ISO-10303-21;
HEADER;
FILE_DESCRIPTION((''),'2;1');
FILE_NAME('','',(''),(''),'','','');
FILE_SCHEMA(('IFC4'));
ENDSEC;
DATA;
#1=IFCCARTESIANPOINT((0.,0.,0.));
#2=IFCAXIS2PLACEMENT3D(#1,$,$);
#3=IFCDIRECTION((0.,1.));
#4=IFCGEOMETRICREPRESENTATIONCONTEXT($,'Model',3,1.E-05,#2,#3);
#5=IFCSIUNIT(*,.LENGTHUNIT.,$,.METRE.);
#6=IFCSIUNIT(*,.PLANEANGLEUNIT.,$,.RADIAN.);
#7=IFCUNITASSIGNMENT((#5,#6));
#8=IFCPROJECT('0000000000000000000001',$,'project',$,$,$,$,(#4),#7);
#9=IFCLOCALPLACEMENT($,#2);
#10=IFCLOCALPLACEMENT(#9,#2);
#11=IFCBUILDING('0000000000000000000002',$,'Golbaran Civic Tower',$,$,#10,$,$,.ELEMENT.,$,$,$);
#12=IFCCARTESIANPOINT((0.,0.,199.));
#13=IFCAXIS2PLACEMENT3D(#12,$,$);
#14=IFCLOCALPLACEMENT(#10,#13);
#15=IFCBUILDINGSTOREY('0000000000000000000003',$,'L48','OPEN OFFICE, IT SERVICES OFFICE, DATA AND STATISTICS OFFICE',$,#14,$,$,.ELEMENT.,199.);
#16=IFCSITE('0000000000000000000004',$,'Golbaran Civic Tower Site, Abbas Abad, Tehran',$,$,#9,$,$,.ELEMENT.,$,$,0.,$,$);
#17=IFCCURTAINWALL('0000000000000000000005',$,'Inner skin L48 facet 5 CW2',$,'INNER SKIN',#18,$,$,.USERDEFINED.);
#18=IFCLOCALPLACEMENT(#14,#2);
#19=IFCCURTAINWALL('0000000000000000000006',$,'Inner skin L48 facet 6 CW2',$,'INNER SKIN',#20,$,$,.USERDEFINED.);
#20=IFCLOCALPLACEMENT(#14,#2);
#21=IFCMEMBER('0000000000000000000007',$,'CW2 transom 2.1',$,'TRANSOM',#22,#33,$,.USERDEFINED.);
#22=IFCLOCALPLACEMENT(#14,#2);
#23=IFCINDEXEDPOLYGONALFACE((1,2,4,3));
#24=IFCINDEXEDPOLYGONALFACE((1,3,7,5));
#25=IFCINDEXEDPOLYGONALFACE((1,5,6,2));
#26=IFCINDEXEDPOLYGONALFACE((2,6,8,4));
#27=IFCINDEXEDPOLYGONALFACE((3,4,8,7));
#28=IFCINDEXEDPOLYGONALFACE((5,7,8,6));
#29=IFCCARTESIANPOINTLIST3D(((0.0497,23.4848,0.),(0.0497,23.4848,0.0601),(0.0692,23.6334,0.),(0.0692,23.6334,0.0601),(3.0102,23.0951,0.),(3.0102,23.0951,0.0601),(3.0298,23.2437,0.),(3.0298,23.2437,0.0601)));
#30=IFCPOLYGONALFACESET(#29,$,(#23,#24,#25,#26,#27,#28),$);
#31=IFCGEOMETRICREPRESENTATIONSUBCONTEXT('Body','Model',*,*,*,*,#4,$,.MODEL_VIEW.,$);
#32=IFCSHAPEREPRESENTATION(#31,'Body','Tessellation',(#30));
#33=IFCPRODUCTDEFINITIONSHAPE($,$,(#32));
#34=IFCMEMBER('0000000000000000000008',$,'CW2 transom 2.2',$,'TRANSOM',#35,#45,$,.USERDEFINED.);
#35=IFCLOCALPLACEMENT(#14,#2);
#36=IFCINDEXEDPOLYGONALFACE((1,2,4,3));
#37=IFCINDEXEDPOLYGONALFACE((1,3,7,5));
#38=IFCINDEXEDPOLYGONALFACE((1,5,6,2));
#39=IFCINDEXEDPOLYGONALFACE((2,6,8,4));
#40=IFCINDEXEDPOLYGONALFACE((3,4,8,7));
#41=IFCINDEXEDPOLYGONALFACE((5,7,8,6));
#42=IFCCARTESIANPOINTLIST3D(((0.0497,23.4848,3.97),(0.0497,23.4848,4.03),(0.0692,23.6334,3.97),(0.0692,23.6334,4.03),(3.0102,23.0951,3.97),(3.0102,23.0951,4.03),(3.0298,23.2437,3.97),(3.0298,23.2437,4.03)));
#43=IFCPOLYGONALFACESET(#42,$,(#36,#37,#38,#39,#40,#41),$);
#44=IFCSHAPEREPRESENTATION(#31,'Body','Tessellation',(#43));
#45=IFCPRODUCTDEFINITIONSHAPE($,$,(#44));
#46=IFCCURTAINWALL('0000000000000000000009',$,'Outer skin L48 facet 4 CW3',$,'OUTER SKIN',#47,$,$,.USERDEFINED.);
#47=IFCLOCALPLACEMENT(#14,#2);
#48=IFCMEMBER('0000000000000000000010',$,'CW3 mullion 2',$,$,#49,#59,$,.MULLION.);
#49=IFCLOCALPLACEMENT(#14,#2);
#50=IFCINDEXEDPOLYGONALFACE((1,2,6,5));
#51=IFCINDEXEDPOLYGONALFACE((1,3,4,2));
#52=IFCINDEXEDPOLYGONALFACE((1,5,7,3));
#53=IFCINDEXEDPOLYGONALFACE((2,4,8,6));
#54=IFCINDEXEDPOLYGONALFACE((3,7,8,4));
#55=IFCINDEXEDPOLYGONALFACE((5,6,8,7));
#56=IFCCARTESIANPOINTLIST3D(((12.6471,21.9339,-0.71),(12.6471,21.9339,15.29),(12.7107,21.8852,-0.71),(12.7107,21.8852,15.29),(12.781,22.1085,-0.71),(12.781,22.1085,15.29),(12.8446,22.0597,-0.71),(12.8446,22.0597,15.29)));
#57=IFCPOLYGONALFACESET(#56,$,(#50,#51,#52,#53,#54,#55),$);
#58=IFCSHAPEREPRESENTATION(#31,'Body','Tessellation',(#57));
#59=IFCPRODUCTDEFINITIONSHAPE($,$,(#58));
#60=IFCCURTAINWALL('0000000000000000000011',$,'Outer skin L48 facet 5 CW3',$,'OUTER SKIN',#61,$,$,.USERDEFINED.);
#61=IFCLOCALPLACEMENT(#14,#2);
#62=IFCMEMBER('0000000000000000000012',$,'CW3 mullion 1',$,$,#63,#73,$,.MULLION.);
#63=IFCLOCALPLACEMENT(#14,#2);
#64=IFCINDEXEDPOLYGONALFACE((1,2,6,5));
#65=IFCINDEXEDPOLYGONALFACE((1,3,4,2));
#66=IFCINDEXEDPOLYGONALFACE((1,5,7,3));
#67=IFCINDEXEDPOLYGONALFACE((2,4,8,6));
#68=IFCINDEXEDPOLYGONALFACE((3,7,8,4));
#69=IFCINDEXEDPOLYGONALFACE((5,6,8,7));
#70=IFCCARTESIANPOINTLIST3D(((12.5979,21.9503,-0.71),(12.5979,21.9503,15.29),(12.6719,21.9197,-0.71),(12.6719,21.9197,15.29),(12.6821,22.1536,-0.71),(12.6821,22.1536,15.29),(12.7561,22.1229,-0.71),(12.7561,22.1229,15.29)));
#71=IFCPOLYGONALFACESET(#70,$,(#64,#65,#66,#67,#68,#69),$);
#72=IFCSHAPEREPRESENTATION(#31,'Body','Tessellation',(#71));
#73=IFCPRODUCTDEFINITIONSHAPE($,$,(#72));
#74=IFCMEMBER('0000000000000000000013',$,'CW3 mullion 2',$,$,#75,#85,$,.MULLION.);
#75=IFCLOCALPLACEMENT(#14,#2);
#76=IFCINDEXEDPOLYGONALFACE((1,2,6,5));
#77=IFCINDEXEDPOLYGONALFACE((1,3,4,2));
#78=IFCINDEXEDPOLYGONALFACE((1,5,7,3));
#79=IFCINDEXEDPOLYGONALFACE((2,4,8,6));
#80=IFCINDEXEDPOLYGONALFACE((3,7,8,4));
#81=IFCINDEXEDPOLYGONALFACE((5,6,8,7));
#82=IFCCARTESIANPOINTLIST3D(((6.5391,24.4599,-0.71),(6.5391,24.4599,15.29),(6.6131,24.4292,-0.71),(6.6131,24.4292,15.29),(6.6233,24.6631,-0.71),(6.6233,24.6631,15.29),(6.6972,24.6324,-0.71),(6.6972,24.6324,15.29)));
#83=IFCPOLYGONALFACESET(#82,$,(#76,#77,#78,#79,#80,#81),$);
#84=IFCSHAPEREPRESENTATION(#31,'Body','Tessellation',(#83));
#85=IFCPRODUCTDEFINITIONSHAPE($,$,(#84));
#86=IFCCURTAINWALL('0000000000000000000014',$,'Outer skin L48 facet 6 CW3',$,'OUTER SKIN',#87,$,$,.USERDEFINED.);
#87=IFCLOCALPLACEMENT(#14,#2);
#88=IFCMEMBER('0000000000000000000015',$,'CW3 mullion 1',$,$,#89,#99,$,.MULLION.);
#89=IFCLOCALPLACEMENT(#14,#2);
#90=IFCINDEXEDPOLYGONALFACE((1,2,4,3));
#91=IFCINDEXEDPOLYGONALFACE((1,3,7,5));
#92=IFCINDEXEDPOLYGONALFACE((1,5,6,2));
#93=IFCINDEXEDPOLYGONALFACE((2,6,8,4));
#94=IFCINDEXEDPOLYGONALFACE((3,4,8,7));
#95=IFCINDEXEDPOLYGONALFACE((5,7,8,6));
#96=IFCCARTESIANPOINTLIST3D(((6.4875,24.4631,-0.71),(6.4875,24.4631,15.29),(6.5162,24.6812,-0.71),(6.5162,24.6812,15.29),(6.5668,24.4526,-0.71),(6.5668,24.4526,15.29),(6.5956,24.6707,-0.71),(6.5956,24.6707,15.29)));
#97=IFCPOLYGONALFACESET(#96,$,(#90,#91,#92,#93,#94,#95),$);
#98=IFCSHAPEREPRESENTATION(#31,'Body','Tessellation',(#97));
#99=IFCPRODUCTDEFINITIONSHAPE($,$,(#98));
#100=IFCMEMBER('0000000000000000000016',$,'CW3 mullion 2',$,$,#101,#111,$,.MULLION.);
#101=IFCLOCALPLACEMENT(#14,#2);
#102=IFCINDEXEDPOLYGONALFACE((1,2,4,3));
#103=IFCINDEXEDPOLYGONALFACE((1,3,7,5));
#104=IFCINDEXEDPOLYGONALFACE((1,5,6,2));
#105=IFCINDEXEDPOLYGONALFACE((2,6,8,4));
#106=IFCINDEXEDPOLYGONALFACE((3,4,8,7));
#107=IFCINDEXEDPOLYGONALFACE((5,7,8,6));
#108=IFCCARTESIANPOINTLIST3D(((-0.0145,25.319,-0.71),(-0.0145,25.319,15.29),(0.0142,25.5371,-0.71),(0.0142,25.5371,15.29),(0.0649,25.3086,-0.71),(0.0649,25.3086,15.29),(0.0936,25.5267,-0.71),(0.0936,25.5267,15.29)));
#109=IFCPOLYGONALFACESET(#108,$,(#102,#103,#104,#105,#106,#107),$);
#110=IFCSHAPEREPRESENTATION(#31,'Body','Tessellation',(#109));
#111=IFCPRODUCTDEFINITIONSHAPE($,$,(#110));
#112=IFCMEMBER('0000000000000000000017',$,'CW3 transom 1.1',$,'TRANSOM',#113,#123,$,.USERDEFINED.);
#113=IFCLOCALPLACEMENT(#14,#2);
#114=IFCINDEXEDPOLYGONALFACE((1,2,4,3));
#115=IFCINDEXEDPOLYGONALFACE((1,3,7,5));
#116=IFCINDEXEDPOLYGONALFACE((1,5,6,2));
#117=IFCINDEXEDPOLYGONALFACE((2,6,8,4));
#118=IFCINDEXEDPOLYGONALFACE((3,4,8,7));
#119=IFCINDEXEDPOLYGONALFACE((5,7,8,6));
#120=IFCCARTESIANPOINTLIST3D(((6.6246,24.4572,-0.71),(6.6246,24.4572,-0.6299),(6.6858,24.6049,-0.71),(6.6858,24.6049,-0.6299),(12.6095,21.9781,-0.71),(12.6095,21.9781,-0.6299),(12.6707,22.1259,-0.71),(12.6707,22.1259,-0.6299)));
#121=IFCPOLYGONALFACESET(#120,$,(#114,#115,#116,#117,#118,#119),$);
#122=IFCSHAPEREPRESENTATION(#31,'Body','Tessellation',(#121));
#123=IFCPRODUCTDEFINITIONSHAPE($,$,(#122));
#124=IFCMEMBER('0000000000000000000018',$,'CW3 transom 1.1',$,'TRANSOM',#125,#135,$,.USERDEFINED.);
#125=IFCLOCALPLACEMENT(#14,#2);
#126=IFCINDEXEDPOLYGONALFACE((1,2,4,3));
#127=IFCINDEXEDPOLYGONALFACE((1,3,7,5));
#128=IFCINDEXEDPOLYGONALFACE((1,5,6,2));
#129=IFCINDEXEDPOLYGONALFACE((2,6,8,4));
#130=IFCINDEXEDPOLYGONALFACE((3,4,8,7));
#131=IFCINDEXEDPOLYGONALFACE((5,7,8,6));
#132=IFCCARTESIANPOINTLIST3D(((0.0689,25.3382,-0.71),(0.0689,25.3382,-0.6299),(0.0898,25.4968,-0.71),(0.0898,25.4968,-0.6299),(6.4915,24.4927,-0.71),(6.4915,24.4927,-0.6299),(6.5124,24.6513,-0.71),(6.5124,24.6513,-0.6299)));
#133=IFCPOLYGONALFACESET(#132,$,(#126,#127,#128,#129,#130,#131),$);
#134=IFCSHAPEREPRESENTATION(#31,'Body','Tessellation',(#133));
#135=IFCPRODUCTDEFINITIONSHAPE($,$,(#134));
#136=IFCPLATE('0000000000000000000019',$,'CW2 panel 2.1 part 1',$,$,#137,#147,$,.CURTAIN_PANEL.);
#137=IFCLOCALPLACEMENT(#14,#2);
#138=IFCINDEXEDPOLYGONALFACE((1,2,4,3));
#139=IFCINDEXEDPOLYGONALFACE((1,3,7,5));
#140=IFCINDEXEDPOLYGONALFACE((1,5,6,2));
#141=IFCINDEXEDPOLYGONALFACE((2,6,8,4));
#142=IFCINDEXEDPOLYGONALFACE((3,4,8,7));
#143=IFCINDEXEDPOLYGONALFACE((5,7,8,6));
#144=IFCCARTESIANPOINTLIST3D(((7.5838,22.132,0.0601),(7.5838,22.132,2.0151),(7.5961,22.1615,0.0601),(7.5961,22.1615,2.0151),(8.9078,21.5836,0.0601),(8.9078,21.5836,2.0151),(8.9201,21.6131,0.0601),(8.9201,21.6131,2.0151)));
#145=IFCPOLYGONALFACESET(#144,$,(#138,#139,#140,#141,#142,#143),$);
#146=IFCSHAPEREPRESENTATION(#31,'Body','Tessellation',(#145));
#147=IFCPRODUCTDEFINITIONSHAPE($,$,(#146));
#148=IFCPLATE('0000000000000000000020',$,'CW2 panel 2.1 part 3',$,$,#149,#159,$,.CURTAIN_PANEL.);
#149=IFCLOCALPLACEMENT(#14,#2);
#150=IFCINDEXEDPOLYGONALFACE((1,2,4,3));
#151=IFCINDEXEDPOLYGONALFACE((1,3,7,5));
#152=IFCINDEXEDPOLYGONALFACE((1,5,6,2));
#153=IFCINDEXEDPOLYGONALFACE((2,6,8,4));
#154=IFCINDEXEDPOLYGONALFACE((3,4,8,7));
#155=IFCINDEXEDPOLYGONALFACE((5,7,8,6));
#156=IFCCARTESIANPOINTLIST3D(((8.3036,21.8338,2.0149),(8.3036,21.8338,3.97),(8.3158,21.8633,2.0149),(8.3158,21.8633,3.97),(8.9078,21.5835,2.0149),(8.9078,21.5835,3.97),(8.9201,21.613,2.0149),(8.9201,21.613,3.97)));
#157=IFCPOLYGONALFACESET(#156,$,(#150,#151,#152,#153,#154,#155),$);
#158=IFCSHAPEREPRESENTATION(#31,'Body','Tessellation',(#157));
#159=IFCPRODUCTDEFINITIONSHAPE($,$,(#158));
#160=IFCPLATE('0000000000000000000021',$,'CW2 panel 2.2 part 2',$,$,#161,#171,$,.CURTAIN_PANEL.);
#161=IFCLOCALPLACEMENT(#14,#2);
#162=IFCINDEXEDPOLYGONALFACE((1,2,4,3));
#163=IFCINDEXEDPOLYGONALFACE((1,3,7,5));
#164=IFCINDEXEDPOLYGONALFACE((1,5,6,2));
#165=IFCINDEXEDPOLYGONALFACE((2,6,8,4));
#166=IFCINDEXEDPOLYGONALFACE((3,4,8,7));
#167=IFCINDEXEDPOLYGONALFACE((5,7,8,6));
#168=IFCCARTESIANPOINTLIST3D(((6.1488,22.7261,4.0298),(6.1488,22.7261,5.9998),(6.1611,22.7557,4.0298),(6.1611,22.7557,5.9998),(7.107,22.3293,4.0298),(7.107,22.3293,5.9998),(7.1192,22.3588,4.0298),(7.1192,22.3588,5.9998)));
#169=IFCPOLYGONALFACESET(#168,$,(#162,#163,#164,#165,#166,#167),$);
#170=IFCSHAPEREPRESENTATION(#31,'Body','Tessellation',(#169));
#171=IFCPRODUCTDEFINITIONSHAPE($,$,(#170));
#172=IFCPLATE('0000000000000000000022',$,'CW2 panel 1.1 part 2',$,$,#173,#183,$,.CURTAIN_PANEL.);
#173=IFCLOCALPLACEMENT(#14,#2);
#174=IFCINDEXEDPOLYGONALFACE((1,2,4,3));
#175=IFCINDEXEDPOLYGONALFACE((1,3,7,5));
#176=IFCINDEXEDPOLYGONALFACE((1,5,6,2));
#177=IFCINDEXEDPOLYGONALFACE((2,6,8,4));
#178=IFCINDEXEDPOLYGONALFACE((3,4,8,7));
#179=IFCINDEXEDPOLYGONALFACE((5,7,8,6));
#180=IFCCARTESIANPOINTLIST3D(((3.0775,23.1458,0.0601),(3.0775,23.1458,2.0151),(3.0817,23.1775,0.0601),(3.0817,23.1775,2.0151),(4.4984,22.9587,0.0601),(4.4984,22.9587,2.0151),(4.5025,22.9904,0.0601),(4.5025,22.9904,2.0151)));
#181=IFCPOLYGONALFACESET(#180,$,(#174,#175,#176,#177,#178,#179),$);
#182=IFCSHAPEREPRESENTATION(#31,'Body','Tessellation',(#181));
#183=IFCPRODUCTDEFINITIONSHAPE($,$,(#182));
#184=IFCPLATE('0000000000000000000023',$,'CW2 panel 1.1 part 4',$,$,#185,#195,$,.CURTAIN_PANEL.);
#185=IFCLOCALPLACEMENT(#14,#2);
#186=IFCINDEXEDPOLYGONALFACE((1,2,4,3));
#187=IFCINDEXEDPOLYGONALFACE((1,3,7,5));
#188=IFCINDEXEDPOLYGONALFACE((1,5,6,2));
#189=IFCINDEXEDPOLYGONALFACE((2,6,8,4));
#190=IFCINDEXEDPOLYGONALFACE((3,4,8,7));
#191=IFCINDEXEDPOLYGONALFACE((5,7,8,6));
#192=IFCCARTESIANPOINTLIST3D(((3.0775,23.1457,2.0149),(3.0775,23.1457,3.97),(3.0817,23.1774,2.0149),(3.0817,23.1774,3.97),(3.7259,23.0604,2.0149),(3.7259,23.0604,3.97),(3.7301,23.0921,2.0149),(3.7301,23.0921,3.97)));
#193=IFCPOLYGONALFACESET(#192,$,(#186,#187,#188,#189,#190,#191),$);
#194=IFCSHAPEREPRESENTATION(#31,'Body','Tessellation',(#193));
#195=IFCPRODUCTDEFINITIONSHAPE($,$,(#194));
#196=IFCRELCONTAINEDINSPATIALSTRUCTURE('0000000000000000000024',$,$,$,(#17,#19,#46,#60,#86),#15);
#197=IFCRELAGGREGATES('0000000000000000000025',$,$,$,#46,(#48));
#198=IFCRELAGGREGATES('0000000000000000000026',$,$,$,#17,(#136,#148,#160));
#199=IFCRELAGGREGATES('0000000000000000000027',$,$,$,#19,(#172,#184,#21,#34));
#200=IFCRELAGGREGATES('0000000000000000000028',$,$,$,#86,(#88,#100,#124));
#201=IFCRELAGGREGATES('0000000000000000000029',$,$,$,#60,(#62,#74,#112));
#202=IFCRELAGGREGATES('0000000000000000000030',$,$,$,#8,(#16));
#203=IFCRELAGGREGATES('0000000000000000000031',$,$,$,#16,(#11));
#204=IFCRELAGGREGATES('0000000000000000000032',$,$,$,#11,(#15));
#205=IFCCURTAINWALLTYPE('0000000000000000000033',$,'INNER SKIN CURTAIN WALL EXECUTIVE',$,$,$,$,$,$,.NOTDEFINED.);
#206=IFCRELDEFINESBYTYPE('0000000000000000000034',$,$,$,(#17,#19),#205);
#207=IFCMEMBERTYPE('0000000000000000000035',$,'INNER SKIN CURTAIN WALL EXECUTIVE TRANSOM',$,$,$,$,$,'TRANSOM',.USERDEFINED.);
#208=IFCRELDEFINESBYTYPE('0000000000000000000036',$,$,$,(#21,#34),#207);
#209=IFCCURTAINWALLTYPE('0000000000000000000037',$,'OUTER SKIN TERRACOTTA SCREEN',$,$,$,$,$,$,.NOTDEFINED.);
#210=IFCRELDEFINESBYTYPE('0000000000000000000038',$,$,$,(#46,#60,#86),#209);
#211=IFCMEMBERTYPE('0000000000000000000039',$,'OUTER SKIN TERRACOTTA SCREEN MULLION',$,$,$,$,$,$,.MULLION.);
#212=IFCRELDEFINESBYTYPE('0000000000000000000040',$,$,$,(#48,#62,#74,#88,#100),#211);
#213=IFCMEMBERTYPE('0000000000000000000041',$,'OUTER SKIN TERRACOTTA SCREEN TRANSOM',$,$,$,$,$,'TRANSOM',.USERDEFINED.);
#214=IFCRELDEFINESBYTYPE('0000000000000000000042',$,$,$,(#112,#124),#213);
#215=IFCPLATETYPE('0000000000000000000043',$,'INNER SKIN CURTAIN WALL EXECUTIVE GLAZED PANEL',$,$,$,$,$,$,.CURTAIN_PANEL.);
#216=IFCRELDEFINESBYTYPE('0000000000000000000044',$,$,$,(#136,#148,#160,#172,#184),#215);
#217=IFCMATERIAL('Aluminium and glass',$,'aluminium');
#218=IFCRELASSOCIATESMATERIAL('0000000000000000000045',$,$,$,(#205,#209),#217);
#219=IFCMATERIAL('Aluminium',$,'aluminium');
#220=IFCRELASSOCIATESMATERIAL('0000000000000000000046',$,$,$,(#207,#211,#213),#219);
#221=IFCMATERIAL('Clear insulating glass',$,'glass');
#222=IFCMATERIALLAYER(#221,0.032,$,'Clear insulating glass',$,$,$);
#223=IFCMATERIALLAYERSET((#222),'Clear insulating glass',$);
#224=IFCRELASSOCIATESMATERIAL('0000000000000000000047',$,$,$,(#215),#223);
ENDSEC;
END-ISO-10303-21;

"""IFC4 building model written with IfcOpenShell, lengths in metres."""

from ifc_helpers import new_model, si_unit, direction, frame, origin, origin_2d, place, context, subcontext, project, spatial, rectangle, extrude, material, layer, layer_set, material_profile, profile_set, type_object, element, aggregate, save


model = new_model("IFC4")

# Units and contexts
model_context = context("Model", 3, precision=1e-05, world=origin(), true_north=direction((0.0, 1.0)))
body_context = subcontext(model_context, "Body", "Model", "MODEL_VIEW")
ifc_project = project(units=[si_unit("LENGTHUNIT", "METRE"), si_unit("PLANEANGLEUNIT", "RADIAN")], contexts=[model_context])

# Site, building, storey
site_placement = place(None, origin())
site = spatial("IfcSite", under=ifc_project, at=site_placement, Name="Golbaran Civic Tower Site, Abbas Abad, Tehran", CompositionType="ELEMENT", RefElevation=0.0)
building_placement = place(site_placement, origin())
building = spatial("IfcBuilding", under=site, at=building_placement, Name="Golbaran Civic Tower", CompositionType="ELEMENT")
storey_placement = place(building_placement, frame((0.0, 0.0, 199.0)))
storey = spatial("IfcBuildingStorey", under=building, at=storey_placement, Name="L48", Description="OPEN OFFICE, IT SERVICES OFFICE, DATA AND STATISTICS OFFICE", CompositionType="ELEMENT", Elevation=199.0)

# Curtain wall
ifc_material_1 = material(Name="Aluminium and glass", Category="aluminium")
curtain_wall_type_1 = type_object("IfcCurtainWallType", Name="INNER SKIN CURTAIN WALL EXECUTIVE", PredefinedType="NOTDEFINED", material=ifc_material_1)
curtain_wall_1_placement = place(storey_placement, origin())
curtain_wall_1 = element("IfcCurtainWall", 1, at=curtain_wall_1_placement, inside=storey, type_object=curtain_wall_type_1, Name="Inner skin L48 facet 5 CW2", ObjectType="INNER SKIN", PredefinedType="USERDEFINED")
ifc_material_2 = material(Name="Aluminium", Category="aluminium")

# Curtain wall, members
curtain_wall_2_placement = place(storey_placement, origin())
curtain_wall_2 = element("IfcCurtainWall", 2, at=curtain_wall_2_placement, inside=storey, type_object=curtain_wall_type_1, Name="Inner skin L48 facet 6 CW2", ObjectType="INNER SKIN", PredefinedType="USERDEFINED")
ifc_material_profile_1 = material_profile(ifc_material_2, rectangle(XDim=0.1499, YDim=0.0601, at=origin_2d()), Name="INNER SKIN CURTAIN WALL EXECUTIVE TRANSOM")
ifc_profile_set_1 = profile_set([ifc_material_profile_1], Name="Aluminium")
member_type_1 = type_object("IfcMemberType", Name="INNER SKIN CURTAIN WALL EXECUTIVE TRANSOM", ElementType="TRANSOM", PredefinedType="USERDEFINED", material=ifc_profile_set_1)
member_1_placement = place(storey_placement, frame((3.02, 23.1694, 0.03), z_axis=(-0.991449, 0.130493, 0.0), x_axis=(-0.130493, -0.991449, 0.0)))
member_1 = element("IfcMember", 3, at=member_1_placement, type_object=member_type_1, Name="CW2 transom 2.1", ObjectType="TRANSOM", PredefinedType="USERDEFINED", context=body_context, shape_type="SweptSolid", body=[
    extrude(rectangle(XDim=0.1499, YDim=0.0601, at=origin_2d()), origin(), (0.0, 0.0, 1.0), 2.9861),
])
member_2_placement = place(storey_placement, frame((3.02, 23.1694, 4.0), z_axis=(-0.991449, 0.130493, 0.0), x_axis=(-0.130493, -0.991449, 0.0)))
member_2 = element("IfcMember", 4, at=member_2_placement, type_object=member_type_1, Name="CW2 transom 2.2", ObjectType="TRANSOM", PredefinedType="USERDEFINED", context=body_context, shape_type="SweptSolid", body=[
    extrude(rectangle(XDim=0.1499, YDim=0.0601, at=origin_2d()), origin(), (0.0, 0.0, 1.0), 2.9861),
])

# Curtain wall, member
curtain_wall_type_2 = type_object("IfcCurtainWallType", Name="OUTER SKIN TERRACOTTA SCREEN", PredefinedType="NOTDEFINED", material=ifc_material_1)
curtain_wall_3_placement = place(storey_placement, origin())
curtain_wall_3 = element("IfcCurtainWall", 5, at=curtain_wall_3_placement, inside=storey, type_object=curtain_wall_type_2, Name="Outer skin L48 facet 4 CW3", ObjectType="OUTER SKIN", PredefinedType="USERDEFINED")
ifc_material_profile_2 = material_profile(ifc_material_2, rectangle(XDim=0.22, YDim=0.0801, at=origin_2d()), Name="OUTER SKIN TERRACOTTA SCREEN MULLION")
ifc_profile_set_2 = profile_set([ifc_material_profile_2], Name="Aluminium")
member_type_2 = type_object("IfcMemberType", Name="OUTER SKIN TERRACOTTA SCREEN MULLION", PredefinedType="MULLION", material=ifc_profile_set_2)
member_3_placement = place(storey_placement, frame((12.7458, 21.9968, -0.71), z_axis=(0.0, 0.0, 1.0), x_axis=(-0.608761, -0.793353, 0.0)))
member_3 = element("IfcMember", 6, at=member_3_placement, type_object=member_type_2, Name="CW3 mullion 2", PredefinedType="MULLION", context=body_context, shape_type="SweptSolid", body=[
    extrude(rectangle(XDim=0.22, YDim=0.0801, at=origin_2d()), origin(), (0.0, 0.0, 1.0), 16.0),
])
aggregate(curtain_wall_3, [member_3])

# Curtain walls, members
curtain_wall_4_placement = place(storey_placement, origin())
curtain_wall_4 = element("IfcCurtainWall", 7, at=curtain_wall_4_placement, inside=storey, type_object=curtain_wall_type_2, Name="Outer skin L48 facet 5 CW3", ObjectType="OUTER SKIN", PredefinedType="USERDEFINED")
member_4_placement = place(storey_placement, frame((12.677, 22.0366, -0.71), z_axis=(0.0, 0.0, 1.0), x_axis=(-0.382683, -0.92388, 0.0)))
member_4 = element("IfcMember", 8, at=member_4_placement, type_object=member_type_2, Name="CW3 mullion 1", PredefinedType="MULLION", context=body_context, shape_type="SweptSolid", body=[
    extrude(rectangle(XDim=0.22, YDim=0.0801, at=origin_2d()), origin(), (0.0, 0.0, 1.0), 16.0),
])
member_5_placement = place(storey_placement, frame((6.6182, 24.5461, -0.71), z_axis=(0.0, 0.0, 1.0), x_axis=(-0.382683, -0.92388, 0.0)))
member_5 = element("IfcMember", 9, at=member_5_placement, type_object=member_type_2, Name="CW3 mullion 2", PredefinedType="MULLION", context=body_context, shape_type="SweptSolid", body=[
    extrude(rectangle(XDim=0.22, YDim=0.0801, at=origin_2d()), origin(), (0.0, 0.0, 1.0), 16.0),
])
curtain_wall_5_placement = place(storey_placement, origin())
curtain_wall_5 = element("IfcCurtainWall", 10, at=curtain_wall_5_placement, inside=storey, type_object=curtain_wall_type_2, Name="Outer skin L48 facet 6 CW3", ObjectType="OUTER SKIN", PredefinedType="USERDEFINED")
member_6_placement = place(storey_placement, frame((6.5415, 24.5669, -0.71), z_axis=(0.0, 0.0, 1.0), x_axis=(-0.130526, -0.991445, 0.0)))
member_6 = element("IfcMember", 11, at=member_6_placement, type_object=member_type_2, Name="CW3 mullion 1", PredefinedType="MULLION", context=body_context, shape_type="SweptSolid", body=[
    extrude(rectangle(XDim=0.22, YDim=0.0801, at=origin_2d()), origin(), (0.0, 0.0, 1.0), 16.0),
])
member_7_placement = place(storey_placement, frame((0.0396, 25.4229, -0.71), z_axis=(0.0, 0.0, 1.0), x_axis=(-0.130526, -0.991445, 0.0)))
member_7 = element("IfcMember", 12, at=member_7_placement, type_object=member_type_2, Name="CW3 mullion 2", PredefinedType="MULLION", context=body_context, shape_type="SweptSolid", body=[
    extrude(rectangle(XDim=0.22, YDim=0.0801, at=origin_2d()), origin(), (0.0, 0.0, 1.0), 16.0),
])

# Members
ifc_material_profile_3 = material_profile(ifc_material_2, rectangle(XDim=0.1599, YDim=0.0801, at=origin_2d()), Name="OUTER SKIN TERRACOTTA SCREEN TRANSOM")
ifc_profile_set_3 = profile_set([ifc_material_profile_3], Name="Aluminium")
member_type_3 = type_object("IfcMemberType", Name="OUTER SKIN TERRACOTTA SCREEN TRANSOM", ElementType="TRANSOM", PredefinedType="USERDEFINED", material=ifc_profile_set_3)
member_8_placement = place(storey_placement, frame((12.6401, 22.052, -0.6699), z_axis=(-0.92388, 0.382682, 0.0), x_axis=(-0.382682, -0.92388, 0.0)))
member_8 = element("IfcMember", 13, at=member_8_placement, type_object=member_type_3, Name="CW3 transom 1.1", ObjectType="TRANSOM", PredefinedType="USERDEFINED", context=body_context, shape_type="SweptSolid", body=[
    extrude(rectangle(XDim=0.1599, YDim=0.0801, at=origin_2d()), origin(), (0.0, 0.0, 1.0), 6.478),
])
member_9_placement = place(storey_placement, frame((6.502, 24.572, -0.6699), z_axis=(-0.991447, 0.130512, 0.0), x_axis=(-0.130512, -0.991447, 0.0)))
member_9 = element("IfcMember", 14, at=member_9_placement, type_object=member_type_3, Name="CW3 transom 1.1", ObjectType="TRANSOM", PredefinedType="USERDEFINED", context=body_context, shape_type="SweptSolid", body=[
    extrude(rectangle(XDim=0.1599, YDim=0.0801, at=origin_2d()), origin(), (0.0, 0.0, 1.0), 6.478),
])

# Plates
ifc_material_3 = material(Name="Clear insulating glass", Category="glass")
ifc_layer_1 = layer(ifc_material_3, 0.032, Name="Clear insulating glass")
ifc_layer_set_1 = layer_set([ifc_layer_1], Name="Clear insulating glass")
plate_type_1 = type_object("IfcPlateType", Name="INNER SKIN CURTAIN WALL EXECUTIVE GLAZED PANEL", PredefinedType="CURTAIN_PANEL", material=ifc_layer_set_1)
plate_1_placement = place(storey_placement, frame((8.252, 21.8726, 0.0601), z_axis=(0.0, 0.0, 1.0), x_axis=(-0.92388, 0.382683, 0.0)))
plate_1 = element("IfcPlate", 15, at=plate_1_placement, type_object=plate_type_1, Name="CW2 panel 2.1 part 1", PredefinedType="CURTAIN_PANEL", context=body_context, shape_type="SweptSolid", body=[
    extrude(rectangle(XDim=1.4331, YDim=0.032, at=origin_2d()), origin(), (0.0, 0.0, 1.0), 1.9551),
])
plate_2_placement = place(storey_placement, frame((8.6118, 21.7234, 2.0149), z_axis=(0.0, 0.0, 1.0), x_axis=(-0.92388, 0.382683, 0.0)))
plate_2 = element("IfcPlate", 16, at=plate_2_placement, type_object=plate_type_1, Name="CW2 panel 2.1 part 3", PredefinedType="CURTAIN_PANEL", context=body_context, shape_type="SweptSolid", body=[
    extrude(rectangle(XDim=0.6541, YDim=0.032, at=origin_2d()), origin(), (0.0, 0.0, 1.0), 1.9551),
])
plate_3_placement = place(storey_placement, frame((6.634, 22.5425, 4.0298), z_axis=(0.0, 0.0, 1.0), x_axis=(-0.92388, 0.382683, 0.0)))
plate_3 = element("IfcPlate", 17, at=plate_3_placement, type_object=plate_type_1, Name="CW2 panel 2.2 part 2", PredefinedType="CURTAIN_PANEL", context=body_context, shape_type="SweptSolid", body=[
    extrude(rectangle(XDim=1.0371, YDim=0.032, at=origin_2d()), origin(), (0.0, 0.0, 1.0), 1.97),
])
plate_4_placement = place(storey_placement, frame((3.79, 23.0681, 0.0601), z_axis=(0.0, 0.0, 1.0), x_axis=(-0.991445, 0.130526, 0.0)))
plate_4 = element("IfcPlate", 18, at=plate_4_placement, type_object=plate_type_1, Name="CW2 panel 1.1 part 2", PredefinedType="CURTAIN_PANEL", context=body_context, shape_type="SweptSolid", body=[
    extrude(rectangle(XDim=1.4331, YDim=0.032, at=origin_2d()), origin(), (0.0, 0.0, 1.0), 1.9551),
])
plate_5_placement = place(storey_placement, frame((3.4038, 23.1189, 2.0149), z_axis=(0.0, 0.0, 1.0), x_axis=(-0.991445, 0.130526, 0.0)))
plate_5 = element("IfcPlate", 19, at=plate_5_placement, type_object=plate_type_1, Name="CW2 panel 1.1 part 4", PredefinedType="CURTAIN_PANEL", context=body_context, shape_type="SweptSolid", body=[
    extrude(rectangle(XDim=0.6541, YDim=0.032, at=origin_2d()), origin(), (0.0, 0.0, 1.0), 1.9551),
])
aggregate(curtain_wall_1, [plate_1, plate_2, plate_3])
aggregate(curtain_wall_2, [plate_4, plate_5, member_1, member_2])
aggregate(curtain_wall_5, [member_6, member_7, member_9])
aggregate(curtain_wall_4, [member_4, member_5, member_8])

save(model, "model.ifc")
